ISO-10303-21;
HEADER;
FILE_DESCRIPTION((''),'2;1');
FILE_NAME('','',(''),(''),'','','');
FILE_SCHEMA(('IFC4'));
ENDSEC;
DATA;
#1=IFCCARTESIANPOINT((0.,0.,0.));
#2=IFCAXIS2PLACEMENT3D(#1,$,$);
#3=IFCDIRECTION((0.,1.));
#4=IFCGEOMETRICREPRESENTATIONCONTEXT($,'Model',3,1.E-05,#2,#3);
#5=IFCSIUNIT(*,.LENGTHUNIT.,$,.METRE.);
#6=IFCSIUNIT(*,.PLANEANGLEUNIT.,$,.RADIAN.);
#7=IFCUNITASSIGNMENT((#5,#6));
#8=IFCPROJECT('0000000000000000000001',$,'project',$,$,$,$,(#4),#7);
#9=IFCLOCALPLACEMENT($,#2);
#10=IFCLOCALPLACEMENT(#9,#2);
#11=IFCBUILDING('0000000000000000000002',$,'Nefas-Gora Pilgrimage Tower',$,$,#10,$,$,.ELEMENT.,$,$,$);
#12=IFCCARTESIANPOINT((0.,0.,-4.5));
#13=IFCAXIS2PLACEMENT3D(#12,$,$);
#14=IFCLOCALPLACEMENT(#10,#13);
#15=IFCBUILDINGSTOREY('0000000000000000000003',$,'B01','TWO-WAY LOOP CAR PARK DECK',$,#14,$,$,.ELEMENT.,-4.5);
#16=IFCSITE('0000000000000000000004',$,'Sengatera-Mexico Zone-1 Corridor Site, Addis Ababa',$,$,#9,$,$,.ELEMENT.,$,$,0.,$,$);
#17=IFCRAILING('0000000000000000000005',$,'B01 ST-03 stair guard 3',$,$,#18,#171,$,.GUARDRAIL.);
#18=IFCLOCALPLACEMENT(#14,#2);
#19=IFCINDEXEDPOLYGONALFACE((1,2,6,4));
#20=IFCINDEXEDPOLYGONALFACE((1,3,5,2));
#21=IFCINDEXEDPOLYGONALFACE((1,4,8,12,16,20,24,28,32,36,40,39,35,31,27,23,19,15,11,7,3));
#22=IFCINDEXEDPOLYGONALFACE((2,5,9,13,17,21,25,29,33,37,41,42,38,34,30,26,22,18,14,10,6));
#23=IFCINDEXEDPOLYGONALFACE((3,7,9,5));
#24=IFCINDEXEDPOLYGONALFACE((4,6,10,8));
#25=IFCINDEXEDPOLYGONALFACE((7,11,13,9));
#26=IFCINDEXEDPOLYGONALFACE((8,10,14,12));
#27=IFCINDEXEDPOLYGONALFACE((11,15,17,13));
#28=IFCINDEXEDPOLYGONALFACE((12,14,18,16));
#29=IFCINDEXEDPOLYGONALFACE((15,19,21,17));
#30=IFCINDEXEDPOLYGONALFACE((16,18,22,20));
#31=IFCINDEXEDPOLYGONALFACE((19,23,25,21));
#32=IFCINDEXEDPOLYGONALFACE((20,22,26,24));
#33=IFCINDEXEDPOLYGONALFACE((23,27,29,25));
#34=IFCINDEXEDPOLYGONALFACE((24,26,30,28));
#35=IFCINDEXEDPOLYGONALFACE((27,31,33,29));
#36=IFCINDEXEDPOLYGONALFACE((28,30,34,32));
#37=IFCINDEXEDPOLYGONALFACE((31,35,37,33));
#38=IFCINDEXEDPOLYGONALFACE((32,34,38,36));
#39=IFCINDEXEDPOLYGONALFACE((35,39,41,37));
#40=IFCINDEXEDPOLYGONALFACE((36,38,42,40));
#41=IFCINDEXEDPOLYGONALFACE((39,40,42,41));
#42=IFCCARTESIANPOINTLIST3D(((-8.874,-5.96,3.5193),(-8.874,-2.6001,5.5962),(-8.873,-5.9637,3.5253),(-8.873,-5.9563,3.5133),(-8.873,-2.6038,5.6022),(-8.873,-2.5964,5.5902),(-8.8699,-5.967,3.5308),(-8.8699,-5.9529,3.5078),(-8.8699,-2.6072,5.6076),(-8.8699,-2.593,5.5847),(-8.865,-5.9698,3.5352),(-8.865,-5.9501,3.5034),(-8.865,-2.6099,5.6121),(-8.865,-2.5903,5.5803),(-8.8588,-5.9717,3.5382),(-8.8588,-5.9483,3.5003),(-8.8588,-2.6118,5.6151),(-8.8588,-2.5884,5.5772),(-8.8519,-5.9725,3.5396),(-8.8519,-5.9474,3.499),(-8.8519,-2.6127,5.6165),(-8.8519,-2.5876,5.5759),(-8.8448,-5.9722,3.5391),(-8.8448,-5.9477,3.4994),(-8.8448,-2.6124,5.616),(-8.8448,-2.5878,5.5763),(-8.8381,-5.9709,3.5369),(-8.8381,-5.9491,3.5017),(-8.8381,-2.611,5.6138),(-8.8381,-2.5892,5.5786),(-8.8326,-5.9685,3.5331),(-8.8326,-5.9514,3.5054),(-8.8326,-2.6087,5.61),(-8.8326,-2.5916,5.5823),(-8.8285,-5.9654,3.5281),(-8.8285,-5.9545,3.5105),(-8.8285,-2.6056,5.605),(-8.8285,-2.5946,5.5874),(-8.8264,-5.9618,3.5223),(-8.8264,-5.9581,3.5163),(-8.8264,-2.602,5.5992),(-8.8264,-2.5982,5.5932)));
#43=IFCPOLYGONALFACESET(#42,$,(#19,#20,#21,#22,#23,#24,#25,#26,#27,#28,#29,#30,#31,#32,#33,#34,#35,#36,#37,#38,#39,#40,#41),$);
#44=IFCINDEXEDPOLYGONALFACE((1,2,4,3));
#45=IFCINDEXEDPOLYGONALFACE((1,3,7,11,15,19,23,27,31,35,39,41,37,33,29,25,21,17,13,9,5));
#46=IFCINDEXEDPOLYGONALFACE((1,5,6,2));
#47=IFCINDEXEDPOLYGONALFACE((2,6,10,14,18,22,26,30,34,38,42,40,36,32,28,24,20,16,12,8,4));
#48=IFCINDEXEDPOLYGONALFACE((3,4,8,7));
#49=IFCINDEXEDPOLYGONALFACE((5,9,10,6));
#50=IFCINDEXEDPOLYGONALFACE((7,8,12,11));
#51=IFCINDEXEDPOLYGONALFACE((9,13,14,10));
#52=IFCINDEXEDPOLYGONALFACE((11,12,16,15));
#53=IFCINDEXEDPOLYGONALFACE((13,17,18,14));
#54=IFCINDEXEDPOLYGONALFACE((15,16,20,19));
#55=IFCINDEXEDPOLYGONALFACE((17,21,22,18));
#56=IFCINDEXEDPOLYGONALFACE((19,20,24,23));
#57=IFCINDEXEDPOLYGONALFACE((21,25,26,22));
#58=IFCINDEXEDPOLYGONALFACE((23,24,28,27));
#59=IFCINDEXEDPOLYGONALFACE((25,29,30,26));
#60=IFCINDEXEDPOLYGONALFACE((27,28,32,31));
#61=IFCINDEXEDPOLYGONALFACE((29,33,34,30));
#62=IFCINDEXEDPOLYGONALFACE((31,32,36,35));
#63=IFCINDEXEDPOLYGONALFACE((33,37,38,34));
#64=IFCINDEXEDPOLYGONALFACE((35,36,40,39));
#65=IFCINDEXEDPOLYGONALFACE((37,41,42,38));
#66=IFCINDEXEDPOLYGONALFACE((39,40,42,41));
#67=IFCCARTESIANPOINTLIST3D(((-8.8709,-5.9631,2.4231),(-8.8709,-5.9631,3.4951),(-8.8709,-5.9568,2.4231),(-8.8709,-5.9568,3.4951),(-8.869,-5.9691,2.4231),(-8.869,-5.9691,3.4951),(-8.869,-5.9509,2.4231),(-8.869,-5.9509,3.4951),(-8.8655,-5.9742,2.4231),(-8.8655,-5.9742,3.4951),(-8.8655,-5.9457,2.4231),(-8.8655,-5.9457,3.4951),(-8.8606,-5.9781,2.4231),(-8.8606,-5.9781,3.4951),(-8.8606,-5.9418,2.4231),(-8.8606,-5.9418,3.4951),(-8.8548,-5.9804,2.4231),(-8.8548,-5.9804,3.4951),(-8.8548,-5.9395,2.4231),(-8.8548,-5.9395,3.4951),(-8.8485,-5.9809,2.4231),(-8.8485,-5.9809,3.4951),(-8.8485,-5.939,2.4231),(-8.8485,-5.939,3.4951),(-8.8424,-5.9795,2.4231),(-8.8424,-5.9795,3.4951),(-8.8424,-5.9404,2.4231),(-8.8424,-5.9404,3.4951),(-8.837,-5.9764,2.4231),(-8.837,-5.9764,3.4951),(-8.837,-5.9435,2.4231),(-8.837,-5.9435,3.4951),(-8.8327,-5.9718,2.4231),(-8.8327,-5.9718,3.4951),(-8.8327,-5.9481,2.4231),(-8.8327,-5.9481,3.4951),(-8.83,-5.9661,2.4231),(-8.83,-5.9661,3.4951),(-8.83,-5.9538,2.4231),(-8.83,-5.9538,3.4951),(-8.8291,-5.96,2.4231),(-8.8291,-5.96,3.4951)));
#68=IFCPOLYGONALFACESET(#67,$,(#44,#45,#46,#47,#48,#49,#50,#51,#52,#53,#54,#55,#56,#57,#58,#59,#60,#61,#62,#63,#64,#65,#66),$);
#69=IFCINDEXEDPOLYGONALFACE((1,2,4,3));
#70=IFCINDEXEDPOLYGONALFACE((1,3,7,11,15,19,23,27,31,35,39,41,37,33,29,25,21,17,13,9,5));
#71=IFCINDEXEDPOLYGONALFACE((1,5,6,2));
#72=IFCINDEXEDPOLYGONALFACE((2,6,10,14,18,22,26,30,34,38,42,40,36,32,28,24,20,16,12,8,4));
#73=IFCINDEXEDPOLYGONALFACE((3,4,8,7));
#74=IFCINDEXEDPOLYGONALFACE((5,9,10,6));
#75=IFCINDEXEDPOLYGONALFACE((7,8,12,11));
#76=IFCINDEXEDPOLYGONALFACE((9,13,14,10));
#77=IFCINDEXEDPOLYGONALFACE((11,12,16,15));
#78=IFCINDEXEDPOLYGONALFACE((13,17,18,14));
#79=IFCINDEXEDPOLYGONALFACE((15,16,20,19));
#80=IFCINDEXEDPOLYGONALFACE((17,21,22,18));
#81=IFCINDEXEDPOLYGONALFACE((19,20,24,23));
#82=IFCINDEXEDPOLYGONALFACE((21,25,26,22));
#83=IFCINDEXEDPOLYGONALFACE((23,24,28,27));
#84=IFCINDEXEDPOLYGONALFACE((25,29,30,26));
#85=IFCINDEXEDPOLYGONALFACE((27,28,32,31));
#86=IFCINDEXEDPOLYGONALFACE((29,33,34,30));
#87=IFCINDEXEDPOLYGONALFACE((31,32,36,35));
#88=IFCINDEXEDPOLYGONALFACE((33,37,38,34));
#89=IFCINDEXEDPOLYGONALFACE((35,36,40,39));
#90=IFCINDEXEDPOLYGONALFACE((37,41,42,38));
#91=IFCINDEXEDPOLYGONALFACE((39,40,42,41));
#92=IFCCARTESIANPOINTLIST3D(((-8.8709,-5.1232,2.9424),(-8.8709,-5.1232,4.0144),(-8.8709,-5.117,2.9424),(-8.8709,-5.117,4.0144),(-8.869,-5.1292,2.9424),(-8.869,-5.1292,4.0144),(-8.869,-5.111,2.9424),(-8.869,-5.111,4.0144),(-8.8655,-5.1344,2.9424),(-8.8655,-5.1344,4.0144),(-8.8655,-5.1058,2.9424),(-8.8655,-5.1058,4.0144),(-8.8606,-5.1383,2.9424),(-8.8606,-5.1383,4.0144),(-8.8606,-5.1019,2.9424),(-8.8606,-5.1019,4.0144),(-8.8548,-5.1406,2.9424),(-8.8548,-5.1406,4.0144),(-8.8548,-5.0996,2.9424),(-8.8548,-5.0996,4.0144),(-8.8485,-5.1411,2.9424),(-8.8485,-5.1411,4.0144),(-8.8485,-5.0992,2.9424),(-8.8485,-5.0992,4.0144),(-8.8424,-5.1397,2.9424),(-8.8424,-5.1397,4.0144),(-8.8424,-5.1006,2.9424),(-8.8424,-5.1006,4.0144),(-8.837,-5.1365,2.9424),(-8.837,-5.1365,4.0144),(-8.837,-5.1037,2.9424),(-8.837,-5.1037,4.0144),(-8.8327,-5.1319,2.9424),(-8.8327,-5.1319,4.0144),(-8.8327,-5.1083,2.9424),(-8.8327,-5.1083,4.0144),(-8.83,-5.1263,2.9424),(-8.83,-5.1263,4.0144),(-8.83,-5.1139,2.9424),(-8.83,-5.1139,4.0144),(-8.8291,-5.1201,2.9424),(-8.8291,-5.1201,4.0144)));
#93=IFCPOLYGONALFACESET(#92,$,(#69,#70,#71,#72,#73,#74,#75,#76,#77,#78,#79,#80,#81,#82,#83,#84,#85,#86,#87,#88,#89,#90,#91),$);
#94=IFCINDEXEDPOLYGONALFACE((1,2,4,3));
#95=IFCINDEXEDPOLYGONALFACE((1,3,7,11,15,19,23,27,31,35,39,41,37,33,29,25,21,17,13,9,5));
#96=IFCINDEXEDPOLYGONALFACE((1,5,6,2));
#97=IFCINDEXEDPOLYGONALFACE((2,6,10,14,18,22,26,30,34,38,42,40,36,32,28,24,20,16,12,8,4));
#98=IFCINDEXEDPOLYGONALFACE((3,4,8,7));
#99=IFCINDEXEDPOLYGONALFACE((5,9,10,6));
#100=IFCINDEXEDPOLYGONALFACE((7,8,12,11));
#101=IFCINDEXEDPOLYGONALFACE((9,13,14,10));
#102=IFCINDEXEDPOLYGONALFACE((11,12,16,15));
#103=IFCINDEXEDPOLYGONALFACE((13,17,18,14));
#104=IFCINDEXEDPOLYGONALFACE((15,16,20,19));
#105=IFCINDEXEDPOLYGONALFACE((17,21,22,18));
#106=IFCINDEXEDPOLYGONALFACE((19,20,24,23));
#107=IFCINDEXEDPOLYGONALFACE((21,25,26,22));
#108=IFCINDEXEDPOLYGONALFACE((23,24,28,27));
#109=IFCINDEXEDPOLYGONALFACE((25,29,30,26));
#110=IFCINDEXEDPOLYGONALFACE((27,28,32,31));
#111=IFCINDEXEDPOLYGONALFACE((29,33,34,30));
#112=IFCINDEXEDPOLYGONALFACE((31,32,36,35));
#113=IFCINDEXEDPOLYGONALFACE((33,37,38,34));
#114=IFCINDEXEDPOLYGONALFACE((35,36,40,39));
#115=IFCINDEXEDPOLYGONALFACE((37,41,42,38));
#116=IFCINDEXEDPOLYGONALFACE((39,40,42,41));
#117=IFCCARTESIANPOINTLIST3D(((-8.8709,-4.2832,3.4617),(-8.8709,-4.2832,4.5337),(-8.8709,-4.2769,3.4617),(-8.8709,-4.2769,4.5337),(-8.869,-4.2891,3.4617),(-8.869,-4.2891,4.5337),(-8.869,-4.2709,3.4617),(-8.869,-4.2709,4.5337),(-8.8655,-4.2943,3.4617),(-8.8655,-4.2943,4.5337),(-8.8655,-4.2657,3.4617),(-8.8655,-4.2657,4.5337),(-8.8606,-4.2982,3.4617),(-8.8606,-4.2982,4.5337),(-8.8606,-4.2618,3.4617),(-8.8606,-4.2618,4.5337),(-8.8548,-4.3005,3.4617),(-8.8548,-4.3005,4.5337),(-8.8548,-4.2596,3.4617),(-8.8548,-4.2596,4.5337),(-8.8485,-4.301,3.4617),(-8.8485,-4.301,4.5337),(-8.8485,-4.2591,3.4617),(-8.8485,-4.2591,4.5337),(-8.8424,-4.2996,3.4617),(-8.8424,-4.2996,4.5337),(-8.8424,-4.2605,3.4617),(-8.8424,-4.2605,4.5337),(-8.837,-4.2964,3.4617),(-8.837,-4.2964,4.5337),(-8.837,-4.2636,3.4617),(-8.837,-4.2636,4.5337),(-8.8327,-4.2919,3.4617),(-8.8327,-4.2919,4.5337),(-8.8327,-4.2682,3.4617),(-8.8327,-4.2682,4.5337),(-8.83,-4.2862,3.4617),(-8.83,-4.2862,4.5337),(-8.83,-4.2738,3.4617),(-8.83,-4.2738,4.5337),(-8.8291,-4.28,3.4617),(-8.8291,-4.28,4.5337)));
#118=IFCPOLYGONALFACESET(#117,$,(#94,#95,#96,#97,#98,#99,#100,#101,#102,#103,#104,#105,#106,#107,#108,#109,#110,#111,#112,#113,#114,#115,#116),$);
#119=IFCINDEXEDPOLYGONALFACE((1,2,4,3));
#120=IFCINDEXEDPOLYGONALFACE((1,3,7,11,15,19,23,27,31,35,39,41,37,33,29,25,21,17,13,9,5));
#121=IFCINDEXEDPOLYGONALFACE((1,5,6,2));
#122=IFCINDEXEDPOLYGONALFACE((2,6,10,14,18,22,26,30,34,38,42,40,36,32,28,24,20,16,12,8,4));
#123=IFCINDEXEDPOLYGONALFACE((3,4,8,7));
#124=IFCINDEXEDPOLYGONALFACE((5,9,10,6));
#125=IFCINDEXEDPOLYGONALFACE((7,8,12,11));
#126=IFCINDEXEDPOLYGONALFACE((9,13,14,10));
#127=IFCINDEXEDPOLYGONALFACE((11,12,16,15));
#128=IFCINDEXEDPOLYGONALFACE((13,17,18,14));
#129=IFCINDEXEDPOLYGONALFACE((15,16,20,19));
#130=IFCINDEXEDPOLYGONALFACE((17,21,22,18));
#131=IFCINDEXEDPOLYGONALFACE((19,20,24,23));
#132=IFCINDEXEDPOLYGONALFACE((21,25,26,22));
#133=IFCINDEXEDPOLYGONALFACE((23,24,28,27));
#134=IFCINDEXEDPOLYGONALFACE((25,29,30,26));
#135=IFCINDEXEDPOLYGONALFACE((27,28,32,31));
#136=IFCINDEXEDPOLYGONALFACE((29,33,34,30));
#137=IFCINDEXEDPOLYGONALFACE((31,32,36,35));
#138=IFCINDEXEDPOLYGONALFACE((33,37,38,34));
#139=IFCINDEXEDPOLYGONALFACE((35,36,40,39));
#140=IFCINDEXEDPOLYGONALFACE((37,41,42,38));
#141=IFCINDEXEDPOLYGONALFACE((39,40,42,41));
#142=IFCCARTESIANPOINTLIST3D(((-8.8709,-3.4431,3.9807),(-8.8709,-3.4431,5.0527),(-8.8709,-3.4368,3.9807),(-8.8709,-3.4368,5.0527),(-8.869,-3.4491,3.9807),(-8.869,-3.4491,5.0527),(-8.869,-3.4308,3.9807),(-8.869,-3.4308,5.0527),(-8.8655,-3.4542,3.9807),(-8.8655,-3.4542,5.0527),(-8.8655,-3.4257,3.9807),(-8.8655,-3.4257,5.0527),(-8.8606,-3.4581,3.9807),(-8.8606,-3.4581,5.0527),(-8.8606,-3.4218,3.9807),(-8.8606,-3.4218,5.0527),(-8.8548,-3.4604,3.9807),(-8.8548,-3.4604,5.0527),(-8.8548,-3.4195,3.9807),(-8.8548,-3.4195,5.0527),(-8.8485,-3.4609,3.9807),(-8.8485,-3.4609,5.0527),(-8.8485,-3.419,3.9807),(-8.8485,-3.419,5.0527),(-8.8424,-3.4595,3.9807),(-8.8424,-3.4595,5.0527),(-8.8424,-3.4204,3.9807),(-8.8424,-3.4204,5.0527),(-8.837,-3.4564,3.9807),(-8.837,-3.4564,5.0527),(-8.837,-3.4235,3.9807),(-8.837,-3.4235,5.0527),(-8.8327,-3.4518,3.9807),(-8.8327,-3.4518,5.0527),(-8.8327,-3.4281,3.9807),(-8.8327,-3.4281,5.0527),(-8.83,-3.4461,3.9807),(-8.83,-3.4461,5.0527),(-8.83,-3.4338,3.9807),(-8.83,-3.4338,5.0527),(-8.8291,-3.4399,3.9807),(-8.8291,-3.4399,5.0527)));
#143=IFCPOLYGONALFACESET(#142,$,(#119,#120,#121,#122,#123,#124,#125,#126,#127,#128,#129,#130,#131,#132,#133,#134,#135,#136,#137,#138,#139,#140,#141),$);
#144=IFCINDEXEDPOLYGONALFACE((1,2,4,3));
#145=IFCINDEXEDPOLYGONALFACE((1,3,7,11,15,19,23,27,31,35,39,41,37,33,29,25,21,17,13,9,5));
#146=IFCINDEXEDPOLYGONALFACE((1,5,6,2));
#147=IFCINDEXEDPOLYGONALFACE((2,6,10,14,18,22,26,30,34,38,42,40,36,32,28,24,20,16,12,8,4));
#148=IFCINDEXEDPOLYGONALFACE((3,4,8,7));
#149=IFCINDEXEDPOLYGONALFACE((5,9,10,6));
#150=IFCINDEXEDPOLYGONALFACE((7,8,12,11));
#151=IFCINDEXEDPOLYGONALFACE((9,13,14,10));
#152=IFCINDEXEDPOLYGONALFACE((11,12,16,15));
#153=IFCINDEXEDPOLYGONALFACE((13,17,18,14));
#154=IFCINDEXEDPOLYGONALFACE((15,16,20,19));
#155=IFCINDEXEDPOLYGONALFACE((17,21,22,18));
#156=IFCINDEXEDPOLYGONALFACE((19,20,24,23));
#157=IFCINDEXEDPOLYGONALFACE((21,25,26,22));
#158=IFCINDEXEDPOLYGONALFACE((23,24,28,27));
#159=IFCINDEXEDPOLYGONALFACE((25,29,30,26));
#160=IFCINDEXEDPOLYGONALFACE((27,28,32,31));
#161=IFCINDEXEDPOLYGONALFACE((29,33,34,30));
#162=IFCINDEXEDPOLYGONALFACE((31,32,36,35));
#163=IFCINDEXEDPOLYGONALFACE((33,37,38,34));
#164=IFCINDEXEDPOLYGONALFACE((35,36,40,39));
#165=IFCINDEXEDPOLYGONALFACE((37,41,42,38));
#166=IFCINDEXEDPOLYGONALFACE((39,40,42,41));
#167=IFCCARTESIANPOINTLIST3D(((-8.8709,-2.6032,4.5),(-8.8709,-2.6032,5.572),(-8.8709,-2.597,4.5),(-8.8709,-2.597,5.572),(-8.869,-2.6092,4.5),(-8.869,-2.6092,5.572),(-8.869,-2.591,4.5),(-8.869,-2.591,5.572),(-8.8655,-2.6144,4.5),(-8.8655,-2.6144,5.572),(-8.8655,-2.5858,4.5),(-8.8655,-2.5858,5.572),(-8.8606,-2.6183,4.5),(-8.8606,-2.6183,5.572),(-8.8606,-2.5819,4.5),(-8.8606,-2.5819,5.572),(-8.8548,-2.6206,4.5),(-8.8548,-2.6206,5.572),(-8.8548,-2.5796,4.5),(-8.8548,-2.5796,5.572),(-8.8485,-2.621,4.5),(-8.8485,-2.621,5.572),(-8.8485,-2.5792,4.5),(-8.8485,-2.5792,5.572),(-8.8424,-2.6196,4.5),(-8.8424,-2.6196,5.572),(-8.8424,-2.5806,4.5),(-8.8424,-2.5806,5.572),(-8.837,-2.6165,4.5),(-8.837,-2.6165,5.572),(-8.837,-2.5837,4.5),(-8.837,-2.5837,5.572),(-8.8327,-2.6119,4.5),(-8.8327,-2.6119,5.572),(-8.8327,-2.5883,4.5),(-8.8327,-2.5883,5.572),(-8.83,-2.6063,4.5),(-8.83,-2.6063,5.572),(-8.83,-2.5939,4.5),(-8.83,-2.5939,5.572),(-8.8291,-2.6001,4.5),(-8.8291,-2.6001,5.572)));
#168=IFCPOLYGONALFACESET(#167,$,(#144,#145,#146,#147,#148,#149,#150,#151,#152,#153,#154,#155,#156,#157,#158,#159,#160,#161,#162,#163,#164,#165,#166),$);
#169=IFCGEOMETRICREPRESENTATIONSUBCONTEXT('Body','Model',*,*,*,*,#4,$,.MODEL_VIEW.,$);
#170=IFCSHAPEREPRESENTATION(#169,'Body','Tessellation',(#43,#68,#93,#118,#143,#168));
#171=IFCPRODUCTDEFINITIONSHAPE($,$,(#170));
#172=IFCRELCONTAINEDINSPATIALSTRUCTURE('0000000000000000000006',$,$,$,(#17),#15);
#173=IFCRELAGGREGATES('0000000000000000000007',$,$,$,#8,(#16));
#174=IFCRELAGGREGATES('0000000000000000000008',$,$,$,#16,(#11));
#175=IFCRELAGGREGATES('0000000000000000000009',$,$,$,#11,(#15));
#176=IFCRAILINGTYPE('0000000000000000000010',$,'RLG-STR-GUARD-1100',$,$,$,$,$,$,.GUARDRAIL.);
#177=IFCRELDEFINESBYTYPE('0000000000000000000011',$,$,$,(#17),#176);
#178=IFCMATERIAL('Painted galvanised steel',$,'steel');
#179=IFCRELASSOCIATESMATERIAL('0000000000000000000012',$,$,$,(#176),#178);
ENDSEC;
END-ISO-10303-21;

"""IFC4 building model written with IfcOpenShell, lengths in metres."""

from ifc_helpers import new_model, si_unit, direction, frame, origin, origin_2d, place, context, subcontext, project, spatial, circle, extrude, material, type_object, element, save


model = new_model("IFC4")

# Units and contexts
model_context = context("Model", 3, precision=1e-05, world=origin(), true_north=direction((0.0, 1.0)))
body_context = subcontext(model_context, "Body", "Model", "MODEL_VIEW")
ifc_project = project(units=[si_unit("LENGTHUNIT", "METRE"), si_unit("PLANEANGLEUNIT", "RADIAN")], contexts=[model_context])

# Site, building, storey
site_placement = place(None, origin())
site = spatial("IfcSite", under=ifc_project, at=site_placement, Name="Sengatera-Mexico Zone-1 Corridor Site, Addis Ababa", CompositionType="ELEMENT", RefElevation=0.0)
building_placement = place(site_placement, origin())
building = spatial("IfcBuilding", under=site, at=building_placement, Name="Nefas-Gora Pilgrimage Tower", CompositionType="ELEMENT")
storey_placement = place(building_placement, frame((0.0, 0.0, -4.5)))
storey = spatial("IfcBuildingStorey", under=building, at=storey_placement, Name="B01", Description="TWO-WAY LOOP CAR PARK DECK", CompositionType="ELEMENT", Elevation=-4.5)

# Railing
ifc_material_1 = material(Name="Painted galvanised steel", Category="steel")
railing_type_1 = type_object("IfcRailingType", Name="RLG-STR-GUARD-1100", PredefinedType="GUARDRAIL", material=ifc_material_1)
railing_1_placement = place(storey_placement, frame((-8.8501, -5.96, 2.4231)))
element("IfcRailing", 1, at=railing_1_placement, inside=storey, type_object=railing_type_1, Name="B01 ST-03 stair guard 3", PredefinedType="GUARDRAIL", context=body_context, shape_type="SweptSolid", body=[
    extrude(circle(Radius=0.0239, at=origin_2d()), frame((0.0, 0.0, 1.0962), z_axis=(0.0, 0.850606, 0.525803), x_axis=(-1.0, 0.0, 0.0)), (0.0, 0.0, 1.0), 3.95),
    extrude(circle(Radius=0.021, at=origin_2d()), origin(), (0.0, 0.0, 1.0), 1.072),
    extrude(circle(Radius=0.021, at=origin_2d()), frame((0.0, 0.8398, 0.5193)), (0.0, 0.0, 1.0), 1.072),
    extrude(circle(Radius=0.021, at=origin_2d()), frame((0.0, 1.6799, 1.0386)), (0.0, 0.0, 1.0), 1.072),
    extrude(circle(Radius=0.021, at=origin_2d()), frame((0.0, 2.52, 1.5576)), (0.0, 0.0, 1.0), 1.072),
    extrude(circle(Radius=0.021, at=origin_2d()), frame((0.0, 3.3599, 2.0769)), (0.0, 0.0, 1.0), 1.072),
])

save(model, "model.ifc")
